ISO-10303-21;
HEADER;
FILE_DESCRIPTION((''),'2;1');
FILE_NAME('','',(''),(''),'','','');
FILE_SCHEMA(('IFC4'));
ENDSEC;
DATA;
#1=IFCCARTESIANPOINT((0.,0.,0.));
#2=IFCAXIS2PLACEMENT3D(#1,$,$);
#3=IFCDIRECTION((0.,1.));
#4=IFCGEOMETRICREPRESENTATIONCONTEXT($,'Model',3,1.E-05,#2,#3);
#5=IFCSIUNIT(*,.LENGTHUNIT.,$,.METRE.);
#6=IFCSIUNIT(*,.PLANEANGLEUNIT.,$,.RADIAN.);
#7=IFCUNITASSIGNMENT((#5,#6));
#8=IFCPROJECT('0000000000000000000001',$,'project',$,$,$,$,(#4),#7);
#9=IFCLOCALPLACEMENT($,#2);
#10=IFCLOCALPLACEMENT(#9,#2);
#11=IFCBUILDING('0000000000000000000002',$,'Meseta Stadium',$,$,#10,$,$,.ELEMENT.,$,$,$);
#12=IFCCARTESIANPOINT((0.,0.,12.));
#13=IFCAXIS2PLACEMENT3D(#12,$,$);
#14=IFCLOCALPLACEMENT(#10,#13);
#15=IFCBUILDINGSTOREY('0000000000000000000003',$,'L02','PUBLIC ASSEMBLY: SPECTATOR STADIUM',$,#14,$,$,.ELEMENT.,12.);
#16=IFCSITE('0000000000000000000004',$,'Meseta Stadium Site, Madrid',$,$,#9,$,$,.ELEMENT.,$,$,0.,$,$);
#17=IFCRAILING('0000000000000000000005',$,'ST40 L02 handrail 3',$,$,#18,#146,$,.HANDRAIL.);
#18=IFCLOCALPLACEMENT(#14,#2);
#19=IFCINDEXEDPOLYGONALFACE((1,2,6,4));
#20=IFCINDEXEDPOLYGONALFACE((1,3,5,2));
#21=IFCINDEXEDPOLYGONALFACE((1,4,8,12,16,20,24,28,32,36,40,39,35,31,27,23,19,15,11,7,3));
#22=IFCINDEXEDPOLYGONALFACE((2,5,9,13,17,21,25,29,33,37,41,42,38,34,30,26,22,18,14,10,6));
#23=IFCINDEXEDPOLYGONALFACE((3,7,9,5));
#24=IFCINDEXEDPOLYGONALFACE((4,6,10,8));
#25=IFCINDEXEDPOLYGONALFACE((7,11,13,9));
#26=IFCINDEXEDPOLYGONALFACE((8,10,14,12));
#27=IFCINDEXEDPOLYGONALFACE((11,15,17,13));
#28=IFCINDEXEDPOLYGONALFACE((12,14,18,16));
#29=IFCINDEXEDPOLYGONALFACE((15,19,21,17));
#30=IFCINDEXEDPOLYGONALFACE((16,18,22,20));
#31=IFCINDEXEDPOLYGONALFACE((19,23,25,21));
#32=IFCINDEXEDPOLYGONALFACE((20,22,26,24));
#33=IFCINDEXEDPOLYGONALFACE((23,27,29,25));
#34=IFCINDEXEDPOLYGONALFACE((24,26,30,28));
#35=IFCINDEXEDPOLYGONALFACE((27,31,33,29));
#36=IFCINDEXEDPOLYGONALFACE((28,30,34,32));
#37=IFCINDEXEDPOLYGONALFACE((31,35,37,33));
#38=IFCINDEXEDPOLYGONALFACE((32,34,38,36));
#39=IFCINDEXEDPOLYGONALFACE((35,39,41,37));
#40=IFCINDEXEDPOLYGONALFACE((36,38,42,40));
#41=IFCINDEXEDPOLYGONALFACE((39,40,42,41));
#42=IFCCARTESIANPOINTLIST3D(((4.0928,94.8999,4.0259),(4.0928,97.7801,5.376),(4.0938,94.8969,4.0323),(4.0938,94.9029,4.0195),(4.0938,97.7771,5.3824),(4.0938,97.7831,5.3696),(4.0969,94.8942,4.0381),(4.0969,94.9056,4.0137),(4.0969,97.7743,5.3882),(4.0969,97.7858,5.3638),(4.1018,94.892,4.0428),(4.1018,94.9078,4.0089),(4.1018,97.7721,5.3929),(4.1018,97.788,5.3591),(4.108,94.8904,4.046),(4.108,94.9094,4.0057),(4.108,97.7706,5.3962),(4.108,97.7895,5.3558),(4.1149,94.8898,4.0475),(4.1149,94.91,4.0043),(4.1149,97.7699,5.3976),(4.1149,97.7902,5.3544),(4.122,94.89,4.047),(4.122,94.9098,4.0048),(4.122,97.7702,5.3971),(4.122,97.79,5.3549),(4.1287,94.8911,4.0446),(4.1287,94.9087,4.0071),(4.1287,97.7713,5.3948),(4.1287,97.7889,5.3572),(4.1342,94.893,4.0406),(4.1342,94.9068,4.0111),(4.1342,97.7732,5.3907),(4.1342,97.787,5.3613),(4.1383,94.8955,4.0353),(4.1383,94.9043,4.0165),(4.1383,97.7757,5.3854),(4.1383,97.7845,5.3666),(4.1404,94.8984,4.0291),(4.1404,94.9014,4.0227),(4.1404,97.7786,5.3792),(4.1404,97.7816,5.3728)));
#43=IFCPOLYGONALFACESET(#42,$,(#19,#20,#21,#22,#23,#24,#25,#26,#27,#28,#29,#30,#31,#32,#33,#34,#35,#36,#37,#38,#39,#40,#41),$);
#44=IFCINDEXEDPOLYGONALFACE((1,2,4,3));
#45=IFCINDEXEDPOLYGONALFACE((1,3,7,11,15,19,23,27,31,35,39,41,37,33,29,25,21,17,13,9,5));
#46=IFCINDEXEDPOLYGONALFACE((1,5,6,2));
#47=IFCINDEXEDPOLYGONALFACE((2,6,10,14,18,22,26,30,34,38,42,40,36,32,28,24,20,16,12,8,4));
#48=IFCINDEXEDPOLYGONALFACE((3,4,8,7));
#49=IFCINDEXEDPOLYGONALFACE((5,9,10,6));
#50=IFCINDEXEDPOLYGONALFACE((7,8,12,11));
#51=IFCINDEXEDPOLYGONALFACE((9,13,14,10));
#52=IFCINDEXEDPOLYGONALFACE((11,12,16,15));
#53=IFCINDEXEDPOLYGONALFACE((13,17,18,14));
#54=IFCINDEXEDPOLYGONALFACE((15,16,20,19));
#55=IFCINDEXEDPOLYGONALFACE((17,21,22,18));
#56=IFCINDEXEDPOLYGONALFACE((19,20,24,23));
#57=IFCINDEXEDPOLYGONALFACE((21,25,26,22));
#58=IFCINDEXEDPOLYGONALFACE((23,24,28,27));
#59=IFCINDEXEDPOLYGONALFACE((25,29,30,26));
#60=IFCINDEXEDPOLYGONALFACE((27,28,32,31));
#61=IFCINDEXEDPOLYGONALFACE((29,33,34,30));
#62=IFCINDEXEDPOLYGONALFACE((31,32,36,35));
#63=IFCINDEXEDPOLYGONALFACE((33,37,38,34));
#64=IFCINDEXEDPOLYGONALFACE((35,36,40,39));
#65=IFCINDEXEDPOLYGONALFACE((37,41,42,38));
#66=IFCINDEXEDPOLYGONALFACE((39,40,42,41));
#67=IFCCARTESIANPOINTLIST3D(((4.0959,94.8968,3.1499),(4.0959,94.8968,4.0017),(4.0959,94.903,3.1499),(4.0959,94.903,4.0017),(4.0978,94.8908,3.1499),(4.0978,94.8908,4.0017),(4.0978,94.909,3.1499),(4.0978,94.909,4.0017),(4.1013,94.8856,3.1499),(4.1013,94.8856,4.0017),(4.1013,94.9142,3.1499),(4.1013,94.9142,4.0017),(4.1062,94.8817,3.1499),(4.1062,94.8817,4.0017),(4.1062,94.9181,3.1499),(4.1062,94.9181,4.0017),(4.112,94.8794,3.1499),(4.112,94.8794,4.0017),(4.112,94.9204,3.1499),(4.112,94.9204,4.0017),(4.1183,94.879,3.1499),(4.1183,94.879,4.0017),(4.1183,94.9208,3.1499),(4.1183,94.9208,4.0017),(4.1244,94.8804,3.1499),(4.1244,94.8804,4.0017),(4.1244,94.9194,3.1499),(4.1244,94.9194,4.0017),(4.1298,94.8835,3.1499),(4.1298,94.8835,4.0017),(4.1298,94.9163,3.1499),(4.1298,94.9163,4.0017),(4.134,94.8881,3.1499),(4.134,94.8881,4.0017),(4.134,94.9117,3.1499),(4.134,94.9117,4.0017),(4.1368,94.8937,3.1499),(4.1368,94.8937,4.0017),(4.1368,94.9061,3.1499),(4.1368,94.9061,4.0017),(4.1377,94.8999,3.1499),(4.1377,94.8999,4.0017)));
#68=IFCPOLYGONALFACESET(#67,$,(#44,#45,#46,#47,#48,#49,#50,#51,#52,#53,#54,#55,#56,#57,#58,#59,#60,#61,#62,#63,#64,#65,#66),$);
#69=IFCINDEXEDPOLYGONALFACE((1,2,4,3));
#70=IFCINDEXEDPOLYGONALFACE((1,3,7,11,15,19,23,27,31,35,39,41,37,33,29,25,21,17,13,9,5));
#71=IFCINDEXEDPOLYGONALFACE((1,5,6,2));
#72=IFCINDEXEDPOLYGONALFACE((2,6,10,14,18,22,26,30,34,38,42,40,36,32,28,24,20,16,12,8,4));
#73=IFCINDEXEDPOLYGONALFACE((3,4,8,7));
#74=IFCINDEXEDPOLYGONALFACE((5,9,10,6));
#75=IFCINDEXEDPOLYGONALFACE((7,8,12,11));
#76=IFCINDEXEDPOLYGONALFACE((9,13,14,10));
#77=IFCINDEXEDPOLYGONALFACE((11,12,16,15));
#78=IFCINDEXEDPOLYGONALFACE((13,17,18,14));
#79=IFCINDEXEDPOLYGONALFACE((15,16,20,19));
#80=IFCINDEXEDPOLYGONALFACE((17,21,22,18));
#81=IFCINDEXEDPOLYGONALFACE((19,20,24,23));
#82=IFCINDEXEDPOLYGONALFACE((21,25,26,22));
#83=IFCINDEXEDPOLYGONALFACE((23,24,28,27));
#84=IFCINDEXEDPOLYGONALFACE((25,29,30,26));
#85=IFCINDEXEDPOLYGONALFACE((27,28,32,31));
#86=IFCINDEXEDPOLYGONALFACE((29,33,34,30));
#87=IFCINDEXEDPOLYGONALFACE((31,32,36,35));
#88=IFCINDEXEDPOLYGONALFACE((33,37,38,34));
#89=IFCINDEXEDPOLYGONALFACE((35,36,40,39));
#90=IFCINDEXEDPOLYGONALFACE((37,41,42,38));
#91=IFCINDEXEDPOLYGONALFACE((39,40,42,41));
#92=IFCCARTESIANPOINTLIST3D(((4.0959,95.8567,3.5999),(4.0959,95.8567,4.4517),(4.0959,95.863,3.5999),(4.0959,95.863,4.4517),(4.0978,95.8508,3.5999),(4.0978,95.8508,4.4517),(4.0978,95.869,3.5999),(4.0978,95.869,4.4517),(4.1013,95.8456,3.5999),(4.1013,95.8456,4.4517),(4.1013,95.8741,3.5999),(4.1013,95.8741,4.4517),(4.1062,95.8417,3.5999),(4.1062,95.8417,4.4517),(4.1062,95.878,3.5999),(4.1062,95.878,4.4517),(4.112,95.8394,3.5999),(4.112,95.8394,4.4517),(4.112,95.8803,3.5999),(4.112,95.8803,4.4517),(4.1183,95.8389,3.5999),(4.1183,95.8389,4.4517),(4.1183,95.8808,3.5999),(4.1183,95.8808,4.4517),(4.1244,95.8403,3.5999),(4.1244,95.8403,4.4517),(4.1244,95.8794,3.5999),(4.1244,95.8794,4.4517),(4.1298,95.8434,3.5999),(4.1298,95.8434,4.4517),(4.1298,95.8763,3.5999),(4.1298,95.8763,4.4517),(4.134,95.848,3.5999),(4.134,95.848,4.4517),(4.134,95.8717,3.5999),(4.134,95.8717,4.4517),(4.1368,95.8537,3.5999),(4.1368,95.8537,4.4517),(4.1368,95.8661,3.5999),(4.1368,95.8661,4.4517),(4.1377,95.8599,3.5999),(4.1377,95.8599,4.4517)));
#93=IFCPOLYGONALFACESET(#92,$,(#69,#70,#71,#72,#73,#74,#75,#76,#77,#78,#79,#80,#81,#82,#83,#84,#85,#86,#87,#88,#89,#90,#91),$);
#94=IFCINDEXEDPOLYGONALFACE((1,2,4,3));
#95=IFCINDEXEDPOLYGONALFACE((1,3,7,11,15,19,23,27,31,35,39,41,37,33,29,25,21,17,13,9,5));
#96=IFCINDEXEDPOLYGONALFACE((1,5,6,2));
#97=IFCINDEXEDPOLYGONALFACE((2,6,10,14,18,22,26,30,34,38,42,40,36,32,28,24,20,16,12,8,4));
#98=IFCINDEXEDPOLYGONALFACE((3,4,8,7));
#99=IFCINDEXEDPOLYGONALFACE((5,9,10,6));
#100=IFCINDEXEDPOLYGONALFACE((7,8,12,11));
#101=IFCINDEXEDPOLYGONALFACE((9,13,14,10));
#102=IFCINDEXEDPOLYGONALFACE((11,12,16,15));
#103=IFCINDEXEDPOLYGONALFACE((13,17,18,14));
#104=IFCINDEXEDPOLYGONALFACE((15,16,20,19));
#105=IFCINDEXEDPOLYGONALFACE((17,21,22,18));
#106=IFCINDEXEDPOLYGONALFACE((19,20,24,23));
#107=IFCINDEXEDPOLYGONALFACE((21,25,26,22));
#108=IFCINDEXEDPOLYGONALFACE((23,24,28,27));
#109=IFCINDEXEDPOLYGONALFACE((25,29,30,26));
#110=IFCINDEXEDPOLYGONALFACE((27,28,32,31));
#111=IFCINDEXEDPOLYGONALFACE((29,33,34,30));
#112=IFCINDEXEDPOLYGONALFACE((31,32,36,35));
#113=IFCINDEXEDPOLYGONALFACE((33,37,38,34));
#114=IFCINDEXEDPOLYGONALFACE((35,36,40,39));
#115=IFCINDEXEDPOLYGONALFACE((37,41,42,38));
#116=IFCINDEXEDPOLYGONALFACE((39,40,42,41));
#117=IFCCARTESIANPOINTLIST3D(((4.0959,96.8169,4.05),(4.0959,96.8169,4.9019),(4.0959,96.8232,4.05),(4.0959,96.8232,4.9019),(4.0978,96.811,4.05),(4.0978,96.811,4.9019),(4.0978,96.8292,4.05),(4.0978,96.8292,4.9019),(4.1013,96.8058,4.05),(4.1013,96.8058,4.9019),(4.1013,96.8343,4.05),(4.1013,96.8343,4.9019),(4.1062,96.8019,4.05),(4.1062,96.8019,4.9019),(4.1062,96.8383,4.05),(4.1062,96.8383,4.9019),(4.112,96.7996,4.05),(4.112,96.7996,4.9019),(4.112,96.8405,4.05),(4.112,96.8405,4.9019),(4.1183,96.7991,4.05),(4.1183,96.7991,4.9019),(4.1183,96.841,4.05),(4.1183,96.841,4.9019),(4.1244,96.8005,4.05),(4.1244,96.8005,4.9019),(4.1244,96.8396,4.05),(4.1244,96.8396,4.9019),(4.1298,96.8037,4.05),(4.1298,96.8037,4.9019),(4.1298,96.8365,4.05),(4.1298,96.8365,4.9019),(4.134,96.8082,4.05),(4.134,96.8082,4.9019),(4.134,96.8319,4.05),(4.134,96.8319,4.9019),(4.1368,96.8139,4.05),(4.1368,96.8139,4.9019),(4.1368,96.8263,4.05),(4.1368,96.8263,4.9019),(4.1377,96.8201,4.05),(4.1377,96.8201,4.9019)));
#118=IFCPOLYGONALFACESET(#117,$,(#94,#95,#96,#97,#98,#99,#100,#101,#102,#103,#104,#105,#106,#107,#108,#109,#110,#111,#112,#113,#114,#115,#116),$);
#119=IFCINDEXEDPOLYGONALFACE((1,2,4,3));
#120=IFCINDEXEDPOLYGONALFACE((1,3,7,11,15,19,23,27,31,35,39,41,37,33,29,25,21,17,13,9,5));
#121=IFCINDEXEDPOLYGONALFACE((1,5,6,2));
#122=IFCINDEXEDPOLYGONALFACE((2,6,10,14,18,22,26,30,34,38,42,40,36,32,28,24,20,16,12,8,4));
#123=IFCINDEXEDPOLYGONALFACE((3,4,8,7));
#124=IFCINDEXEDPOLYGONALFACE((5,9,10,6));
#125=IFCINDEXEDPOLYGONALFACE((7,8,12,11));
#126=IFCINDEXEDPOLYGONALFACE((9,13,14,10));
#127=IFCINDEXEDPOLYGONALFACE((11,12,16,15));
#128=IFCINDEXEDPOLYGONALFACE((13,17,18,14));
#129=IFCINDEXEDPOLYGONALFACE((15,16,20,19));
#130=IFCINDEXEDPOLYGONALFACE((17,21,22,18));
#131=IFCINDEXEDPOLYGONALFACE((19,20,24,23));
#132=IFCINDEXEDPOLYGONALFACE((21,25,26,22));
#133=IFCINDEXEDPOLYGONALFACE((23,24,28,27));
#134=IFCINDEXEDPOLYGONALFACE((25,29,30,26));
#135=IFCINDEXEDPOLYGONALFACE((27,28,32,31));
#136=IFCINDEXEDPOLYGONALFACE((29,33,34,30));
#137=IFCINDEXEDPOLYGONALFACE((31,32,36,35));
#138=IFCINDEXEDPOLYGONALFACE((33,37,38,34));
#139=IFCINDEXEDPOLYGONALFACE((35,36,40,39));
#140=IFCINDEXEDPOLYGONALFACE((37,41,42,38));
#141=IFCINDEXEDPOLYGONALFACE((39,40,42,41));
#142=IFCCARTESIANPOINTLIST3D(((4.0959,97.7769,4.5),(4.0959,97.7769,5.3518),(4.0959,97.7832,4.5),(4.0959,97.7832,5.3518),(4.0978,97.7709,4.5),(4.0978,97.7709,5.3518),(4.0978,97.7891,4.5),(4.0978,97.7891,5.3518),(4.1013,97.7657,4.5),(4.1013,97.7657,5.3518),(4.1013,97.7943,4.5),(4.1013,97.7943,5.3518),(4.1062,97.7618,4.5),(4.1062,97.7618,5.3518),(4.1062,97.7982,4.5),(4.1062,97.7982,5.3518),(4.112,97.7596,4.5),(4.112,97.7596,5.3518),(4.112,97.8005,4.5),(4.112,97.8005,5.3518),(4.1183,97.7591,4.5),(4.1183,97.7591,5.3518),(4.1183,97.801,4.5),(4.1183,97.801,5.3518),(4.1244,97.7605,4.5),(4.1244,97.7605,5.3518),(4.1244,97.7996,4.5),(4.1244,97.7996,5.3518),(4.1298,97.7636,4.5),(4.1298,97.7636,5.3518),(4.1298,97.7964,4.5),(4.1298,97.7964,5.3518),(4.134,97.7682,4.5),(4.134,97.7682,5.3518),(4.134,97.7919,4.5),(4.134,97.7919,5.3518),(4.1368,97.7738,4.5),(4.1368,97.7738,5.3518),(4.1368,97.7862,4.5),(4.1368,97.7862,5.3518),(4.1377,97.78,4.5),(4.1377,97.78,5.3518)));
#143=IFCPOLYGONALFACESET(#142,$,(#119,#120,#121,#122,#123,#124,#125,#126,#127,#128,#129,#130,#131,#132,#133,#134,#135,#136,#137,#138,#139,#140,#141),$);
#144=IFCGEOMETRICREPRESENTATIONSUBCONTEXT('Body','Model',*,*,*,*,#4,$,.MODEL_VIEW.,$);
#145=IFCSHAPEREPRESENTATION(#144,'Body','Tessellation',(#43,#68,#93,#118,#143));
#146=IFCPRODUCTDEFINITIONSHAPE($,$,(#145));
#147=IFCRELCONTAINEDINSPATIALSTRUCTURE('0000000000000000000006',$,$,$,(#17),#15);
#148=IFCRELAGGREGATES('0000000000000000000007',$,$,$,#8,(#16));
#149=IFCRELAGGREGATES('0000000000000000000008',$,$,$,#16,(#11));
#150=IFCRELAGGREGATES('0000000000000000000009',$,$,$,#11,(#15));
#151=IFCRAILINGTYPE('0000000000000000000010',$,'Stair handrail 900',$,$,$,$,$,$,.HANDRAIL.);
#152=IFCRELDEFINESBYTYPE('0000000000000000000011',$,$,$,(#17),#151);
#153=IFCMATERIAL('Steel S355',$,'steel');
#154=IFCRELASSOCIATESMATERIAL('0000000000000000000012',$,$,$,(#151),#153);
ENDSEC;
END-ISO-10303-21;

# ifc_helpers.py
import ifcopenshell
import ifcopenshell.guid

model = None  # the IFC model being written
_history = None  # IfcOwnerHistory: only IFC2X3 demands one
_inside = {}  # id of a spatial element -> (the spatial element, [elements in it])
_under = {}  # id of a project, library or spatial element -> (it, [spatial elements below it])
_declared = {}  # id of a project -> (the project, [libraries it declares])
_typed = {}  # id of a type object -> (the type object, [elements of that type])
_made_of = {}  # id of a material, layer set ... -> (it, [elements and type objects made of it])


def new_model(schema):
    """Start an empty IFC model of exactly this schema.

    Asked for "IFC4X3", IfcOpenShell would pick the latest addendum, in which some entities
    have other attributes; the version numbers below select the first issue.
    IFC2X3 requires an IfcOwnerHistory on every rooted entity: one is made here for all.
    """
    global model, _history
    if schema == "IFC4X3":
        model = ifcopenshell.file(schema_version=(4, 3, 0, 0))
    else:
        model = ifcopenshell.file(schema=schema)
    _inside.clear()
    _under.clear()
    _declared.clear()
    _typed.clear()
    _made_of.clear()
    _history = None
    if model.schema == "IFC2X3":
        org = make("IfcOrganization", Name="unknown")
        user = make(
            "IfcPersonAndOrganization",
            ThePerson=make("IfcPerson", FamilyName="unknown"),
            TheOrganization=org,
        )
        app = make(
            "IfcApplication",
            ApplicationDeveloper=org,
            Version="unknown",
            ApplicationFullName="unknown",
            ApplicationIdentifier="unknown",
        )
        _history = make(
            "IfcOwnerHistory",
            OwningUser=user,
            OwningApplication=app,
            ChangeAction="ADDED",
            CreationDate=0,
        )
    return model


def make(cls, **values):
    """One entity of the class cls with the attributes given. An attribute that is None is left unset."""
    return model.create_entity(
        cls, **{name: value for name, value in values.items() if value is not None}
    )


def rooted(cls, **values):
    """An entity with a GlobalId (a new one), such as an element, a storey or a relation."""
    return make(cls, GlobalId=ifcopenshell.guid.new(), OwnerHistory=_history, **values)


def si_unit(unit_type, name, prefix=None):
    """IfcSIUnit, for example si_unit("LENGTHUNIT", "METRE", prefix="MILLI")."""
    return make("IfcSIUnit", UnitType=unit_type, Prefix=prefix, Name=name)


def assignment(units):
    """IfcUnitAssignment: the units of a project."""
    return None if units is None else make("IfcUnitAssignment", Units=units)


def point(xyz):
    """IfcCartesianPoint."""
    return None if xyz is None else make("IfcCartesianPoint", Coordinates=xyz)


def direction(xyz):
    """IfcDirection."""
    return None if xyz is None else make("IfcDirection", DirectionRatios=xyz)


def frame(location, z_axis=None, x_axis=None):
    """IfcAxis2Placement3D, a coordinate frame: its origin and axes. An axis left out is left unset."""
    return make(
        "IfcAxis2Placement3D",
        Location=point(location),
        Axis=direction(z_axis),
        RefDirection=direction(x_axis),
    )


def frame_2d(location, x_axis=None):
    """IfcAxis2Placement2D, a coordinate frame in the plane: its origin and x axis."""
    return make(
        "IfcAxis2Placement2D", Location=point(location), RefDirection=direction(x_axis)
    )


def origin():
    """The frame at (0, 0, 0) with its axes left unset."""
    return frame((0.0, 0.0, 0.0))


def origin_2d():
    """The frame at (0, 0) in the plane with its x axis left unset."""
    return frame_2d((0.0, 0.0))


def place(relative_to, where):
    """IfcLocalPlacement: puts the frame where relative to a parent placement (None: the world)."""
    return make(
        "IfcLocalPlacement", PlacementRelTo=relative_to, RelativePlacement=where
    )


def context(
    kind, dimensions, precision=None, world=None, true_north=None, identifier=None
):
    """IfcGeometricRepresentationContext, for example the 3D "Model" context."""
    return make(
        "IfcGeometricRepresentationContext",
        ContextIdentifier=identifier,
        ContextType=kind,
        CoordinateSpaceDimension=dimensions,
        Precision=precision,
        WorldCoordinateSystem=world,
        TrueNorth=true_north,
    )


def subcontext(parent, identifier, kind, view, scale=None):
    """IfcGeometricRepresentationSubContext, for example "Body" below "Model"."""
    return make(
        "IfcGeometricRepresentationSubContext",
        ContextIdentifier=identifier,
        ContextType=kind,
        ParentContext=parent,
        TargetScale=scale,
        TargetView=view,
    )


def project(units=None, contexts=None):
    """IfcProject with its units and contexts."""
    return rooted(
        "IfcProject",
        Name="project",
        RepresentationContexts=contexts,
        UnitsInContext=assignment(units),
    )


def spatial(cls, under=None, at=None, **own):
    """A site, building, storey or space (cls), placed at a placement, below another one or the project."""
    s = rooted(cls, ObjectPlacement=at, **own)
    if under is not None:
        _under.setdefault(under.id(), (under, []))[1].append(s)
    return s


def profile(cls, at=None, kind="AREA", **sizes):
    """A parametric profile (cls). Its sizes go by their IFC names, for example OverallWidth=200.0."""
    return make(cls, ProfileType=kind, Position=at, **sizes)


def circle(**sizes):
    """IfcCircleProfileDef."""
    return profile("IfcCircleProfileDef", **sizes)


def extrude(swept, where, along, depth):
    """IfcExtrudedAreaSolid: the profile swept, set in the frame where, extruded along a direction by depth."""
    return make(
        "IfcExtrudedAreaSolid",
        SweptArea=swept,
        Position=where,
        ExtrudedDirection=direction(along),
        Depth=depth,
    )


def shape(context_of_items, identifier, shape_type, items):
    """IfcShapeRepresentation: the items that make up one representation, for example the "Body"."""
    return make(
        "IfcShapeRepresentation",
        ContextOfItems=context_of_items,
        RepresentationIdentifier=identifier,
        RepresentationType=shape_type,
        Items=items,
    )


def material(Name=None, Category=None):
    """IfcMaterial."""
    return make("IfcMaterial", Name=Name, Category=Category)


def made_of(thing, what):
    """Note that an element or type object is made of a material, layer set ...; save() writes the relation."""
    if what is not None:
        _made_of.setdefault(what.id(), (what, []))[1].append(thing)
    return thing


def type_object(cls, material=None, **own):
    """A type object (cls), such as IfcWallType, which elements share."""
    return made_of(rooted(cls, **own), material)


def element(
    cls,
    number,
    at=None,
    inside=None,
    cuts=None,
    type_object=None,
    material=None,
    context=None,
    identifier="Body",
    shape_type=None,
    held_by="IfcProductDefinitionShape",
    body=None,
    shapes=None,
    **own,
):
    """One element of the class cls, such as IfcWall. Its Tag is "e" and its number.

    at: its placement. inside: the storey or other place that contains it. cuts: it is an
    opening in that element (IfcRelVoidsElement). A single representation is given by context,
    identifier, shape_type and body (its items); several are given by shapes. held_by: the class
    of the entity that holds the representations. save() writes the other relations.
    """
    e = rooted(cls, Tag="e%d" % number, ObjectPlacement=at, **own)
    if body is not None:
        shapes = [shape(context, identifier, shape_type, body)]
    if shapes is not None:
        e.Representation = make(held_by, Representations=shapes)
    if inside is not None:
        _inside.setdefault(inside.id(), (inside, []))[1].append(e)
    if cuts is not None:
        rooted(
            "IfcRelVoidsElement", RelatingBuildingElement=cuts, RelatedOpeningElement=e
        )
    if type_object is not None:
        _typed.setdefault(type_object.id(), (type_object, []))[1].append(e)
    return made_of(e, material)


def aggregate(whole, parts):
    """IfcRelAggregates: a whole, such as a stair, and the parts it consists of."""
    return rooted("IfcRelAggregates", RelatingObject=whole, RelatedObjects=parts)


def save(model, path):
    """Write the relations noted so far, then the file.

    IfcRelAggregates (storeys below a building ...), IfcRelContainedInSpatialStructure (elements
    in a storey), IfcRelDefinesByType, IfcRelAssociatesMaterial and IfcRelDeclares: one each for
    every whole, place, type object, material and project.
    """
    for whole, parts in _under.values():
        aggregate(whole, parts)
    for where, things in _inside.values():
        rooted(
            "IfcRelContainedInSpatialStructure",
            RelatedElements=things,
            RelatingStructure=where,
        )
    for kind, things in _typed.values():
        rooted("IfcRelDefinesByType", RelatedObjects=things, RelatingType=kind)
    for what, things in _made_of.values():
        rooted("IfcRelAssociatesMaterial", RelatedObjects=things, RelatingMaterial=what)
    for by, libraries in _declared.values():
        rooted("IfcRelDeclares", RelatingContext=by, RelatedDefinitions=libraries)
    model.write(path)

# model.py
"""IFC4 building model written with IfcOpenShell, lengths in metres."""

from ifc_helpers import new_model, si_unit, direction, frame, origin, origin_2d, place, context, subcontext, project, spatial, circle, extrude, material, type_object, element, save


model = new_model("IFC4")

# Units and contexts
model_context = context("Model", 3, precision=1e-05, world=origin(), true_north=direction((0.0, 1.0)))
body_context = subcontext(model_context, "Body", "Model", "MODEL_VIEW")
ifc_project = project(units=[si_unit("LENGTHUNIT", "METRE"), si_unit("PLANEANGLEUNIT", "RADIAN")], contexts=[model_context])

# Site, building, storey
site_placement = place(None, origin())
site = spatial("IfcSite", under=ifc_project, at=site_placement, Name="Meseta Stadium Site, Madrid", CompositionType="ELEMENT", RefElevation=0.0)
building_placement = place(site_placement, origin())
building = spatial("IfcBuilding", under=site, at=building_placement, Name="Meseta Stadium", CompositionType="ELEMENT")
storey_placement = place(building_placement, frame((0.0, 0.0, 12.0)))
storey = spatial("IfcBuildingStorey", under=building, at=storey_placement, Name="L02", Description="PUBLIC ASSEMBLY: SPECTATOR STADIUM", CompositionType="ELEMENT", Elevation=12.0)

# Railing
ifc_material_1 = material(Name="Steel S355", Category="steel")
railing_type_1 = type_object("IfcRailingType", Name="Stair handrail 900", PredefinedType="HANDRAIL", material=ifc_material_1)
railing_1_placement = place(storey_placement, frame((4.1167, 94.8999, 3.1499)))
element("IfcRailing", 1, at=railing_1_placement, inside=storey, type_object=railing_type_1, Name="ST40 L02 handrail 3", PredefinedType="HANDRAIL", context=body_context, shape_type="SweptSolid", body=[
    extrude(circle(Radius=0.0239, at=origin_2d()), frame((0.0, 0.0, 0.876), z_axis=(0.0, 0.905454, 0.424444), x_axis=(-1.0, 0.0, 0.0)), (0.0, 0.0, 1.0), 3.1809),
    extrude(circle(Radius=0.021, at=origin_2d()), origin(), (0.0, 0.0, 1.0), 0.8518),
    extrude(circle(Radius=0.021, at=origin_2d()), frame((0.0, 0.96, 0.45)), (0.0, 0.0, 1.0), 0.8518),
    extrude(circle(Radius=0.021, at=origin_2d()), frame((0.0, 1.9202, 0.9001)), (0.0, 0.0, 1.0), 0.8518),
    extrude(circle(Radius=0.021, at=origin_2d()), frame((0.0, 2.8801, 1.3501)), (0.0, 0.0, 1.0), 0.8518),
])

save(model, "model.ifc")
